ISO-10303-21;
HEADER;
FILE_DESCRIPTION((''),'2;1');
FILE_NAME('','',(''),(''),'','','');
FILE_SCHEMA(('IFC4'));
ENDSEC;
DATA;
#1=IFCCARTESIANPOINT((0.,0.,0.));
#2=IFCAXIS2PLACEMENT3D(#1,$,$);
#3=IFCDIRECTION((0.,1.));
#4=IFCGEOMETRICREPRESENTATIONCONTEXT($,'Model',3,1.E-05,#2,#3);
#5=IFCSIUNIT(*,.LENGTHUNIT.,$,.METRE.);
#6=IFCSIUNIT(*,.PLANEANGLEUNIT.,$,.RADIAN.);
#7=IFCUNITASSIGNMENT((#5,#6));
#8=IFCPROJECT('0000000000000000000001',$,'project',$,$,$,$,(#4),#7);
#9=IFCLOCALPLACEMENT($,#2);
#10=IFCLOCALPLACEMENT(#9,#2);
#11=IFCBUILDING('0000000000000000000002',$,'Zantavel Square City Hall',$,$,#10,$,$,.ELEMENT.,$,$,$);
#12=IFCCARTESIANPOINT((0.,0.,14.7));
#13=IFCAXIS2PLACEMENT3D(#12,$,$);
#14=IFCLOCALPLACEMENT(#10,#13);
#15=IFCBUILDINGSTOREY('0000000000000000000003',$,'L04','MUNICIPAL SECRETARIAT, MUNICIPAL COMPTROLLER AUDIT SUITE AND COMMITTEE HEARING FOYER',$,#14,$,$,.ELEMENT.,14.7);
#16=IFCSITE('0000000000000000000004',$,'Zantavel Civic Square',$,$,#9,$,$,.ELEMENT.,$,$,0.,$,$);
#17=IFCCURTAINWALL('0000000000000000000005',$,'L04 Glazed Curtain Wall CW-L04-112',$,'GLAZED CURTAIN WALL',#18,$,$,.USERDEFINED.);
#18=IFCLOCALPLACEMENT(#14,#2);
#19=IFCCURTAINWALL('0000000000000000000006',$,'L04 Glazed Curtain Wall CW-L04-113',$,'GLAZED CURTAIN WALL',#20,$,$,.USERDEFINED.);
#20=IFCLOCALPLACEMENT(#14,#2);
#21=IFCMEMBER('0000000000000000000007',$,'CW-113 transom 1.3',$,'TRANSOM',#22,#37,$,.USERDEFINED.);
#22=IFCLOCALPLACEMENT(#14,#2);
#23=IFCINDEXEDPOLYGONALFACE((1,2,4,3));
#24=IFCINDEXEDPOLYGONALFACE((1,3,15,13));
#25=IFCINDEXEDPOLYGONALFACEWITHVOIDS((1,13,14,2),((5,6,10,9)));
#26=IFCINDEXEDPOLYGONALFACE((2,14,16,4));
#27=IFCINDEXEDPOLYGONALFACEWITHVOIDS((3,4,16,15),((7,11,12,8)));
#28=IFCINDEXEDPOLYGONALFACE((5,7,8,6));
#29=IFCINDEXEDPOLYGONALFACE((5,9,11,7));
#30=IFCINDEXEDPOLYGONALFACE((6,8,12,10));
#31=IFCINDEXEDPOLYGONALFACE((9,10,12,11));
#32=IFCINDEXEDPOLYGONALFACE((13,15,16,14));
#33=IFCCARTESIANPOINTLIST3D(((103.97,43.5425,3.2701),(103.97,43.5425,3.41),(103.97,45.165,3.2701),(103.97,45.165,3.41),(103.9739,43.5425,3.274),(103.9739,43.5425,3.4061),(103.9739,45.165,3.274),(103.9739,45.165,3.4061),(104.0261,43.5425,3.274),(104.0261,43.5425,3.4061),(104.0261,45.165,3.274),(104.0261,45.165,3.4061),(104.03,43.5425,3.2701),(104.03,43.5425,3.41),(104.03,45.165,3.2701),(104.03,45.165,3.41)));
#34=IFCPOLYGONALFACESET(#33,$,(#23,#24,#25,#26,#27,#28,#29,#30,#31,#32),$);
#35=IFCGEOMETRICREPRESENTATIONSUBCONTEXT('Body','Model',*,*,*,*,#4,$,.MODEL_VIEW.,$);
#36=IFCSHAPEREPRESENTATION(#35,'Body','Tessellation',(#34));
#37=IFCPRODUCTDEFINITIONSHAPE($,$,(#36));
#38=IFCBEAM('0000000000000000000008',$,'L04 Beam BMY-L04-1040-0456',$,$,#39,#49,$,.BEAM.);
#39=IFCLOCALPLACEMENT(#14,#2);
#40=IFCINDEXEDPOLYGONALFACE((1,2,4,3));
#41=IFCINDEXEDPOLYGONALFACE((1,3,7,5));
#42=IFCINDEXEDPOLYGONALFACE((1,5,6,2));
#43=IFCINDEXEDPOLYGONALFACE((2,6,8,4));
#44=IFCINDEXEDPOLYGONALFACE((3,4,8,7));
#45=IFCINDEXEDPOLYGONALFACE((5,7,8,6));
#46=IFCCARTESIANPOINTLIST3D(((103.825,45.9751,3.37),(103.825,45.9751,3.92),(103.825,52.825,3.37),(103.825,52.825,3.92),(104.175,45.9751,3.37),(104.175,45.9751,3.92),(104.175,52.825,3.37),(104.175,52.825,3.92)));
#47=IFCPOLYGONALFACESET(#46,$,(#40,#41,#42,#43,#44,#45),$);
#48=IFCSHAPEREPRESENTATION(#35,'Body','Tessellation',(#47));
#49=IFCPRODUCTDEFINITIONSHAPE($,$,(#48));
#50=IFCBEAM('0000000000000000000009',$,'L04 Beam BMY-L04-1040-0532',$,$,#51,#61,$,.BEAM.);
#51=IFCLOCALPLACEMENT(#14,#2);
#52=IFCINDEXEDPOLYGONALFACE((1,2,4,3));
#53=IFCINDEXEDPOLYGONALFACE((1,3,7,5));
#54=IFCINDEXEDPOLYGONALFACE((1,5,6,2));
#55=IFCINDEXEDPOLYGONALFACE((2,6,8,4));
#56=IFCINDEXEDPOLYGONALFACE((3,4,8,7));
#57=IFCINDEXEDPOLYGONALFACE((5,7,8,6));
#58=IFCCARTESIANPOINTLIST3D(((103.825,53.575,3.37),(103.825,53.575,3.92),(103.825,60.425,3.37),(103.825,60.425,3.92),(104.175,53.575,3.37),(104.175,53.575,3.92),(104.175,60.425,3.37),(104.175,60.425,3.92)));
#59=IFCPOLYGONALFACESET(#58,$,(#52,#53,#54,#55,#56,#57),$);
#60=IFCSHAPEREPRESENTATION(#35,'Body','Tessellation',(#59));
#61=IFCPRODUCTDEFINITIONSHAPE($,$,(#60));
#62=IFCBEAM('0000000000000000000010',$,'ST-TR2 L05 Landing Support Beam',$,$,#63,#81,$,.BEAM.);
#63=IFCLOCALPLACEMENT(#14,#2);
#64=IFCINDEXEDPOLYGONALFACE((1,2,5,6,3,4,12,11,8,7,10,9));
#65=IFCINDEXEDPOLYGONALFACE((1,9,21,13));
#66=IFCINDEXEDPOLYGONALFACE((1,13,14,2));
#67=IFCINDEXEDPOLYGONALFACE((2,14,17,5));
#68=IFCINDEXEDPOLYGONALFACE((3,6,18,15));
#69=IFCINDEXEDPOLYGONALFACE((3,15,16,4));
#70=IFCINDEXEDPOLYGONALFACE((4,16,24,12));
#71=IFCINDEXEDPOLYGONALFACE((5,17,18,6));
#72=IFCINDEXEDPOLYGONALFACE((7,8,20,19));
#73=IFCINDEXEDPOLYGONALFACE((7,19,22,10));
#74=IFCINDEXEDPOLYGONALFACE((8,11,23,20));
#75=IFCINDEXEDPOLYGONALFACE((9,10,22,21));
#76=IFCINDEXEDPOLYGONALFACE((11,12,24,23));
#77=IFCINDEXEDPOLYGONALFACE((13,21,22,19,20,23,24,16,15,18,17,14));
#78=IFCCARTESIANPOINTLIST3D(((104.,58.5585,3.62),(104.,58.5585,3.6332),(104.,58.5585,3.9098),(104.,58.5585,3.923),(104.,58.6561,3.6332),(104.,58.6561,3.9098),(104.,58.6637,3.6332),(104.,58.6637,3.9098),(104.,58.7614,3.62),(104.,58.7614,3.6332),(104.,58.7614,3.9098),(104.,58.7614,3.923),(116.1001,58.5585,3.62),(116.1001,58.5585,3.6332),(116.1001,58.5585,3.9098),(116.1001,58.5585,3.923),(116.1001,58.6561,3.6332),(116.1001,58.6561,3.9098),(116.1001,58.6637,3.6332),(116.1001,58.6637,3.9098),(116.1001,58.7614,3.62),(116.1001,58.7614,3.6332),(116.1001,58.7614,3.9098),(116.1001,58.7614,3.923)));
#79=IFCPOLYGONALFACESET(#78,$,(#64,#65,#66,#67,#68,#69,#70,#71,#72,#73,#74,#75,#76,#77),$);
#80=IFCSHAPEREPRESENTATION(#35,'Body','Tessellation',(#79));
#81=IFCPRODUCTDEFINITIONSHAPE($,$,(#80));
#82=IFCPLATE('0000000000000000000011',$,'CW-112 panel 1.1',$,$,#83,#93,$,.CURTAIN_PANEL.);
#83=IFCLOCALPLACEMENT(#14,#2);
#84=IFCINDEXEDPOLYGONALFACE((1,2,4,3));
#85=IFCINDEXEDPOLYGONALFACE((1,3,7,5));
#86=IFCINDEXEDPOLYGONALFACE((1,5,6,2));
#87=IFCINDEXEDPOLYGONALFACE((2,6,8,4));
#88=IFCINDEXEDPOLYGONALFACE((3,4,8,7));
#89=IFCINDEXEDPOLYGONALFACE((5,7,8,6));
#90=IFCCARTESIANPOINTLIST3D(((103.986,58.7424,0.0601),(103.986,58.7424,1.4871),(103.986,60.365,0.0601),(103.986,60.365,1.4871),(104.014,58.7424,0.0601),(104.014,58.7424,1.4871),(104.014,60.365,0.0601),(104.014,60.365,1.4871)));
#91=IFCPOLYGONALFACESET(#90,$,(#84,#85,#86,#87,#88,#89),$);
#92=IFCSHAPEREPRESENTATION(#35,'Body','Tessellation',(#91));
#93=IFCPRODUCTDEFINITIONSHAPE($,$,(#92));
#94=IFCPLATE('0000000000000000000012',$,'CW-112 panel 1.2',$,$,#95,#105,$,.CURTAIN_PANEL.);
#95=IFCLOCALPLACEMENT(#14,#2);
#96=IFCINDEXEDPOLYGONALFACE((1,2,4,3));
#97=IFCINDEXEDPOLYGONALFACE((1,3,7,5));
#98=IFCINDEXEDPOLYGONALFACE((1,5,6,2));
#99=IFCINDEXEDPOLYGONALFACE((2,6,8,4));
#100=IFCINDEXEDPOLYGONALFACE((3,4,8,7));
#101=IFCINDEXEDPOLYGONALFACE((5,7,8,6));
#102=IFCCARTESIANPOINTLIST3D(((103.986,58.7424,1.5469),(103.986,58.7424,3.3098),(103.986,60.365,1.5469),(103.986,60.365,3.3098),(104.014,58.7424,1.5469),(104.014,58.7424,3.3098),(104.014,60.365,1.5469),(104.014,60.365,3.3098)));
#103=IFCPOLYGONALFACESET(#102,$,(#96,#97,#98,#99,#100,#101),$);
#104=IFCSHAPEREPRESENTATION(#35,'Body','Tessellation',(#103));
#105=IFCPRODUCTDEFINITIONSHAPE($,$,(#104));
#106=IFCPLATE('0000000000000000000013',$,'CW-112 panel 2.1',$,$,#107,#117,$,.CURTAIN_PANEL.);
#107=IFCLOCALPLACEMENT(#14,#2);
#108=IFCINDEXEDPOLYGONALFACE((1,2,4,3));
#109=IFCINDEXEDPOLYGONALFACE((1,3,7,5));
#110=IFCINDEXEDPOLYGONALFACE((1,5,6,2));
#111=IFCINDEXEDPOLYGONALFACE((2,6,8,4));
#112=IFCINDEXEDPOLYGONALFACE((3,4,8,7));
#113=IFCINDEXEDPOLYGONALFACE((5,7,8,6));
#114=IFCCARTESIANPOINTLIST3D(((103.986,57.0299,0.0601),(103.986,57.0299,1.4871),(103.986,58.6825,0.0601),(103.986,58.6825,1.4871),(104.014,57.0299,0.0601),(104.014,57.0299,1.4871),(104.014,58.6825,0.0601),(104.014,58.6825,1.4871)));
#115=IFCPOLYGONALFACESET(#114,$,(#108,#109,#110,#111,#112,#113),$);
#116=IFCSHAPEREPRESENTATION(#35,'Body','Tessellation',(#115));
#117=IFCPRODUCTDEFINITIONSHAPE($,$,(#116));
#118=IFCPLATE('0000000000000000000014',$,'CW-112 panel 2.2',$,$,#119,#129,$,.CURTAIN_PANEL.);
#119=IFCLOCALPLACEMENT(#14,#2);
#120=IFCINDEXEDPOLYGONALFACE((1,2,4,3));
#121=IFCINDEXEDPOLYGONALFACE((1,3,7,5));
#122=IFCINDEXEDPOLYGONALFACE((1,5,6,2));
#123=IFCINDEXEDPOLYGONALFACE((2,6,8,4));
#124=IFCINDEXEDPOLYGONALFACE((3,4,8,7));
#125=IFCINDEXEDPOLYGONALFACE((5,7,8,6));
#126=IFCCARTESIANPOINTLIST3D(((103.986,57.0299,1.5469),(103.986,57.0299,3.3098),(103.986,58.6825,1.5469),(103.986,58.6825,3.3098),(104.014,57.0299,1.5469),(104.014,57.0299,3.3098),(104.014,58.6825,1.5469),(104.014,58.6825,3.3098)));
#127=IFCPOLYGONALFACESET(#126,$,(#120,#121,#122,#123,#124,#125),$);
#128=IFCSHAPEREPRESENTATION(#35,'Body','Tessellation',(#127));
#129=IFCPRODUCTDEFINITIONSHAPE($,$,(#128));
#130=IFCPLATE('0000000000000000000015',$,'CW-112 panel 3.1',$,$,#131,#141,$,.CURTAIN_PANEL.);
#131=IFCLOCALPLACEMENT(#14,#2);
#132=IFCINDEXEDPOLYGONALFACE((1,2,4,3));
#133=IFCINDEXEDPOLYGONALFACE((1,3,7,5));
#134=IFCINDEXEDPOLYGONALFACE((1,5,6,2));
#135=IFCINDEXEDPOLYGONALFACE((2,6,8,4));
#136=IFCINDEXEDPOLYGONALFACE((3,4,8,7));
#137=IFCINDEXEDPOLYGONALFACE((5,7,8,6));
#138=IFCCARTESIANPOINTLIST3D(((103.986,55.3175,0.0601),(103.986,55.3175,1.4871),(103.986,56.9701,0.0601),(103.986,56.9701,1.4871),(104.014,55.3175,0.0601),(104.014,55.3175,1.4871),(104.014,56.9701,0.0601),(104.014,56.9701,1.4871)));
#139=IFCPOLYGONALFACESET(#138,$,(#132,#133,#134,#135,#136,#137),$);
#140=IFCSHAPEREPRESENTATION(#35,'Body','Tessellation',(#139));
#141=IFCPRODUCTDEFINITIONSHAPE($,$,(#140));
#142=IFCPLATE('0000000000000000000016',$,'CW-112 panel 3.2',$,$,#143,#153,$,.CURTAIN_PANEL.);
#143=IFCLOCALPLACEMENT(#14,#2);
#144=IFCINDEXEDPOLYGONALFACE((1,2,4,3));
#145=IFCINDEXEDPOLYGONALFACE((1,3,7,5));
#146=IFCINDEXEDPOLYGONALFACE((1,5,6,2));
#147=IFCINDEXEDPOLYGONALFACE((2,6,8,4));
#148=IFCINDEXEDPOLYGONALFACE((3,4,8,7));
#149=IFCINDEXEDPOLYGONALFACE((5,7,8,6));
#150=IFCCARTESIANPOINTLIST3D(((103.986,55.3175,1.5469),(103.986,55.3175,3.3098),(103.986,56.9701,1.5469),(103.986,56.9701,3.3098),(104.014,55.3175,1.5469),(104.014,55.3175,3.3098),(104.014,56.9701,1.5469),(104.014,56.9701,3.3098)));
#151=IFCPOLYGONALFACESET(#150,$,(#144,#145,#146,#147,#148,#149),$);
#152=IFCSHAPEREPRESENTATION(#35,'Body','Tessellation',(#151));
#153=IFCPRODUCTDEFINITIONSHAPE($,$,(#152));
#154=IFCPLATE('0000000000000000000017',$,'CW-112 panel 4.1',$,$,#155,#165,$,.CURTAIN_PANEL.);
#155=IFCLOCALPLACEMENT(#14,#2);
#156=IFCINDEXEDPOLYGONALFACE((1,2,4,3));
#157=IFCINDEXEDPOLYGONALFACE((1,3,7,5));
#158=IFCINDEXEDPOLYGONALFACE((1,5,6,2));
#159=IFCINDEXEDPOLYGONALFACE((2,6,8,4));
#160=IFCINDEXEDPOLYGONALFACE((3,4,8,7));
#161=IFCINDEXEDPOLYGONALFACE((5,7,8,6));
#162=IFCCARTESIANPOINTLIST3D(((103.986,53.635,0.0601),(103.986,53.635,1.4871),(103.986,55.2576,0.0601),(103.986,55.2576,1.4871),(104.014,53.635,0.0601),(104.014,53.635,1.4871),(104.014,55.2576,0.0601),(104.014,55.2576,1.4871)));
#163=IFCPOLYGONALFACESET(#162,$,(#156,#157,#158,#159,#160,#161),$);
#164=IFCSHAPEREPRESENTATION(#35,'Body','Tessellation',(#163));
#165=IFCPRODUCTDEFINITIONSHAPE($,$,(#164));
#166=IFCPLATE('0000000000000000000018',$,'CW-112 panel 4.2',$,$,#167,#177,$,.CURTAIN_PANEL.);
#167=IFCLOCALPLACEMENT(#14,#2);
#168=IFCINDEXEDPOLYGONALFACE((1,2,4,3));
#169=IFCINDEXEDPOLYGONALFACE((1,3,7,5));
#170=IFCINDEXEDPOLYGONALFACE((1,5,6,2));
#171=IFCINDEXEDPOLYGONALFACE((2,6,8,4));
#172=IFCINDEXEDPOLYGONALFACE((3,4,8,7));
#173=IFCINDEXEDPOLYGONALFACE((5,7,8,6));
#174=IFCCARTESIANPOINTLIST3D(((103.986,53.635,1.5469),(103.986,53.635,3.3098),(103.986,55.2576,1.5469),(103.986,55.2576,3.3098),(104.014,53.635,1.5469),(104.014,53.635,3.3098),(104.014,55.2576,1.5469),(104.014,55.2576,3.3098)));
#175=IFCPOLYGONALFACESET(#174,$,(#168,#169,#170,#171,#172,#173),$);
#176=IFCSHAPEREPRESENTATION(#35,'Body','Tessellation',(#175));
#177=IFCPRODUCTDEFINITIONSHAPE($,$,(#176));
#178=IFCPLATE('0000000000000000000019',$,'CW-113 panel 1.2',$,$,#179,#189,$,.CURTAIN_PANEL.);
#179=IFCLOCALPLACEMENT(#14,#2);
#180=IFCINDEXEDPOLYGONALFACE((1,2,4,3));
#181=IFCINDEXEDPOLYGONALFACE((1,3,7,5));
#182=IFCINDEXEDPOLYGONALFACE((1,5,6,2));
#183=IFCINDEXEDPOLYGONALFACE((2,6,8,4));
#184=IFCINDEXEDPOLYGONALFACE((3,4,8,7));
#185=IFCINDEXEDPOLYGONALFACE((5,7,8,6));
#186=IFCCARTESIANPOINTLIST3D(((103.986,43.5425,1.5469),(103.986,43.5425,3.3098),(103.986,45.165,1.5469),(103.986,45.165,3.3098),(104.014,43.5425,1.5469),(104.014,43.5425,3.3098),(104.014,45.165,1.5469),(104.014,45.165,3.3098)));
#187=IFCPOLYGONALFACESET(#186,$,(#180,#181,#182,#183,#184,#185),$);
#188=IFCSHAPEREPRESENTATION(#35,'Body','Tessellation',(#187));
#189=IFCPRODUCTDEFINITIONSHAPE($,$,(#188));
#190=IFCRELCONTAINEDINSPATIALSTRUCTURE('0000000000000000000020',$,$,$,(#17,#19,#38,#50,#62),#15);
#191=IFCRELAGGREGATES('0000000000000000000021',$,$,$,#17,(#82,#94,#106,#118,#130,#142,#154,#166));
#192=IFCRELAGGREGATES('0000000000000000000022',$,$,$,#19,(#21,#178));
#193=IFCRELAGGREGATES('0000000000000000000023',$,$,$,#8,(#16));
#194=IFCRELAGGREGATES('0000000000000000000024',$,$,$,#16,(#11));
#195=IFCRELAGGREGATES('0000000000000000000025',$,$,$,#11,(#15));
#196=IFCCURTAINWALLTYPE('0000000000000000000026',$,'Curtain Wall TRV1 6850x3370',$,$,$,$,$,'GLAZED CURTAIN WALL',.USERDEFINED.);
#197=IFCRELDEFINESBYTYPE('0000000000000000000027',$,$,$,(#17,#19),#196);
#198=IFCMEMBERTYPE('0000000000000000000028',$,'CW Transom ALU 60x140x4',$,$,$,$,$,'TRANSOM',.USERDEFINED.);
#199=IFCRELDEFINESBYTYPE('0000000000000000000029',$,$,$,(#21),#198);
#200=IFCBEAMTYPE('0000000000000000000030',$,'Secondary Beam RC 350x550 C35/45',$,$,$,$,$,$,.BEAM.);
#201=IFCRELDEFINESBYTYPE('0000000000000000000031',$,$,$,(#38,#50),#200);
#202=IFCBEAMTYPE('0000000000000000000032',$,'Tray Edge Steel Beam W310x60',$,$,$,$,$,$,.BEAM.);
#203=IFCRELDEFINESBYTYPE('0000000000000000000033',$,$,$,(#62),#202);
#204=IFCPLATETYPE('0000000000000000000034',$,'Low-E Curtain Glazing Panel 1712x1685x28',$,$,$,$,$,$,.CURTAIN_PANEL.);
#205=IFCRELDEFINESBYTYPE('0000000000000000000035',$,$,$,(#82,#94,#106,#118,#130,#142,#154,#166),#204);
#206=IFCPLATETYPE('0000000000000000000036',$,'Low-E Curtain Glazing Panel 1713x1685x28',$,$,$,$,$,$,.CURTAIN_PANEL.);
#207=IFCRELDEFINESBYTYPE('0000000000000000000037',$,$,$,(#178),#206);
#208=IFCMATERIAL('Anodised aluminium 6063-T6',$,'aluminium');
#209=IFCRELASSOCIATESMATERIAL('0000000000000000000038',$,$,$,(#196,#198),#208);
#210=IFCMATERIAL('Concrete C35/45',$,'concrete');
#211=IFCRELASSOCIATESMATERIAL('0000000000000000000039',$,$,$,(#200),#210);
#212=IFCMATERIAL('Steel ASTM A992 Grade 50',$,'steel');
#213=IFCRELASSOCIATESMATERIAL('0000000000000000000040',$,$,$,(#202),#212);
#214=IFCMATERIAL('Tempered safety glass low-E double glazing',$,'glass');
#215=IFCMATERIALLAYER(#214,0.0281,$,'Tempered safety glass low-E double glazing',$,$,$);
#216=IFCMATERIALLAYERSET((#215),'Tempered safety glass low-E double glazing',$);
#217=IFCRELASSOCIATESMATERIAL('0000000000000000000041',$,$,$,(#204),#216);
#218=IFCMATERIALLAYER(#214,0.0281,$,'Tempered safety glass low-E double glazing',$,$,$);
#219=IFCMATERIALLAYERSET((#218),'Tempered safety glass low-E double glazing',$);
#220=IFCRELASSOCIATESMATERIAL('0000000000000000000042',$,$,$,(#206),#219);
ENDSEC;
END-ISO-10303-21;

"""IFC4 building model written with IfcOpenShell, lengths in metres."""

from ifc_helpers import new_model, si_unit, direction, frame, origin, origin_2d, place, context, subcontext, project, spatial, rectangle, hollow_rectangle, i_section, extrude, material, layer, layer_set, material_profile, profile_set, type_object, element, aggregate, save


model = new_model("IFC4")

# Units and contexts
model_context = context("Model", 3, precision=1e-05, world=origin(), true_north=direction((0.0, 1.0)))
body_context = subcontext(model_context, "Body", "Model", "MODEL_VIEW")
ifc_project = project(units=[si_unit("LENGTHUNIT", "METRE"), si_unit("PLANEANGLEUNIT", "RADIAN")], contexts=[model_context])

# Site, building, storey
site_placement = place(None, origin())
site = spatial("IfcSite", under=ifc_project, at=site_placement, Name="Zantavel Civic Square", CompositionType="ELEMENT", RefElevation=0.0)
building_placement = place(site_placement, origin())
building = spatial("IfcBuilding", under=site, at=building_placement, Name="Zantavel Square City Hall", CompositionType="ELEMENT")
storey_placement = place(building_placement, frame((0.0, 0.0, 14.7)))
storey = spatial("IfcBuildingStorey", under=building, at=storey_placement, Name="L04", Description="MUNICIPAL SECRETARIAT, MUNICIPAL COMPTROLLER AUDIT SUITE AND COMMITTEE HEARING FOYER", CompositionType="ELEMENT", Elevation=14.7)

# Curtain wall
ifc_material_1 = material(Name="Anodised aluminium 6063-T6", Category="aluminium")
curtain_wall_type = type_object("IfcCurtainWallType", Name="Curtain Wall TRV1 6850x3370", ElementType="GLAZED CURTAIN WALL", PredefinedType="USERDEFINED", material=ifc_material_1)
curtain_wall_1_placement = place(storey_placement, origin())
curtain_wall_1 = element("IfcCurtainWall", 1, at=curtain_wall_1_placement, inside=storey, type_object=curtain_wall_type, Name="L04 Glazed Curtain Wall CW-L04-112", ObjectType="GLAZED CURTAIN WALL", PredefinedType="USERDEFINED")

# Curtain wall
curtain_wall_2_placement = place(storey_placement, origin())
curtain_wall_2 = element("IfcCurtainWall", 2, at=curtain_wall_2_placement, inside=storey, type_object=curtain_wall_type, Name="L04 Glazed Curtain Wall CW-L04-113", ObjectType="GLAZED CURTAIN WALL", PredefinedType="USERDEFINED")

# Member
ifc_material_profile_1 = material_profile(ifc_material_1, hollow_rectangle(XDim=0.0601, YDim=0.1399, WallThickness=0.0039, at=origin_2d()), Name="ALU 60x140x4")
ifc_profile_set_1 = profile_set([ifc_material_profile_1], Name="Anodised aluminium 6063-T6")
member_type_1 = type_object("IfcMemberType", Name="CW Transom ALU 60x140x4", ElementType="TRANSOM", PredefinedType="USERDEFINED", material=ifc_profile_set_1)
member_1_placement = place(storey_placement, frame((104.0, 45.165, 3.3401), z_axis=(0.0, -1.0, 0.0), x_axis=(1.0, 0.0, 0.0)))
member_1 = element("IfcMember", 3, at=member_1_placement, type_object=member_type_1, Name="CW-113 transom 1.3", ObjectType="TRANSOM", PredefinedType="USERDEFINED", context=body_context, shape_type="SweptSolid", body=[
    extrude(hollow_rectangle(XDim=0.0601, YDim=0.1399, WallThickness=0.0039, at=origin_2d()), origin(), (0.0, 0.0, 1.0), 1.6226),
])

# Beams
ifc_material_2 = material(Name="Concrete C35/45", Category="concrete")
ifc_material_profile_2 = material_profile(ifc_material_2, rectangle(XDim=0.3501, YDim=0.55, at=origin_2d()), Name="RC 350x550")
ifc_profile_set_2 = profile_set([ifc_material_profile_2], Name="Concrete C35/45")
beam_type_1 = type_object("IfcBeamType", Name="Secondary Beam RC 350x550 C35/45", PredefinedType="BEAM", material=ifc_profile_set_2)
beam_1_placement = place(storey_placement, frame((104.0, 45.9751, 3.645), z_axis=(0.0, 1.0, 0.0), x_axis=(-1.0, 0.0, 0.0)))
element("IfcBeam", 4, at=beam_1_placement, inside=storey, type_object=beam_type_1, Name="L04 Beam BMY-L04-1040-0456", PredefinedType="BEAM", context=body_context, shape_type="SweptSolid", body=[
    extrude(rectangle(XDim=0.3501, YDim=0.55, at=origin_2d()), origin(), (0.0, 0.0, 1.0), 6.8499),
])
beam_2_placement = place(storey_placement, frame((104.0, 53.575, 3.645), z_axis=(0.0, 1.0, 0.0), x_axis=(-1.0, 0.0, 0.0)))
element("IfcBeam", 5, at=beam_2_placement, inside=storey, type_object=beam_type_1, Name="L04 Beam BMY-L04-1040-0532", PredefinedType="BEAM", context=body_context, shape_type="SweptSolid", body=[
    extrude(rectangle(XDim=0.3501, YDim=0.55, at=origin_2d()), origin(), (0.0, 0.0, 1.0), 6.8501),
])
ifc_material_3 = material(Name="Steel ASTM A992 Grade 50", Category="steel")
ifc_material_profile_3 = material_profile(ifc_material_3, i_section(OverallWidth=0.2029, OverallDepth=0.303, WebThickness=0.0076, FlangeThickness=0.0132, at=origin_2d()), Name="W310x60")
ifc_profile_set_3 = profile_set([ifc_material_profile_3], Name="Steel ASTM A992 Grade 50")
beam_type_2 = type_object("IfcBeamType", Name="Tray Edge Steel Beam W310x60", PredefinedType="BEAM", material=ifc_profile_set_3)
beam_3_placement = place(storey_placement, frame((104.0, 58.6599, 3.7715), z_axis=(1.0, 0.0, 0.0), x_axis=(0.0, 1.0, 0.0)))
element("IfcBeam", 6, at=beam_3_placement, inside=storey, type_object=beam_type_2, Name="ST-TR2 L05 Landing Support Beam", PredefinedType="BEAM", context=body_context, shape_type="SweptSolid", body=[
    extrude(i_section(OverallWidth=0.2029, OverallDepth=0.303, WebThickness=0.0076, FlangeThickness=0.0132, at=origin_2d()), origin(), (0.0, 0.0, 1.0), 12.1001),
])

# Plates
ifc_material_4 = material(Name="Tempered safety glass low-E double glazing", Category="glass")
ifc_layer_1 = layer(ifc_material_4, 0.0281, Name="Tempered safety glass low-E double glazing")
ifc_layer_set_1 = layer_set([ifc_layer_1], Name="Tempered safety glass low-E double glazing")
plate_type_1 = type_object("IfcPlateType", Name="Low-E Curtain Glazing Panel 1712x1685x28", PredefinedType="CURTAIN_PANEL", material=ifc_layer_set_1)
plate_1_placement = place(storey_placement, frame((104.0, 59.5537, 0.0601), z_axis=(0.0, 0.0, 1.0), x_axis=(0.0, -1.0, 0.0)))
plate_1 = element("IfcPlate", 7, at=plate_1_placement, type_object=plate_type_1, Name="CW-112 panel 1.1", PredefinedType="CURTAIN_PANEL", context=body_context, shape_type="SweptSolid", body=[
    extrude(rectangle(XDim=1.6226, YDim=0.0281, at=origin_2d()), origin(), (0.0, 0.0, 1.0), 1.427),
])
plate_2_placement = place(storey_placement, frame((104.0, 59.5537, 1.5469), z_axis=(0.0, 0.0, 1.0), x_axis=(0.0, -1.0, 0.0)))
plate_2 = element("IfcPlate", 8, at=plate_2_placement, type_object=plate_type_1, Name="CW-112 panel 1.2", PredefinedType="CURTAIN_PANEL", context=body_context, shape_type="SweptSolid", body=[
    extrude(rectangle(XDim=1.6226, YDim=0.0281, at=origin_2d()), origin(), (0.0, 0.0, 1.0), 1.7629),
])
plate_3_placement = place(storey_placement, frame((104.0, 57.8562, 0.0601), z_axis=(0.0, 0.0, 1.0), x_axis=(0.0, -1.0, 0.0)))
plate_3 = element("IfcPlate", 9, at=plate_3_placement, type_object=plate_type_1, Name="CW-112 panel 2.1", PredefinedType="CURTAIN_PANEL", context=body_context, shape_type="SweptSolid", body=[
    extrude(rectangle(XDim=1.6526, YDim=0.0281, at=origin_2d()), origin(), (0.0, 0.0, 1.0), 1.427),
])
plate_4_placement = place(storey_placement, frame((104.0, 57.8562, 1.5469), z_axis=(0.0, 0.0, 1.0), x_axis=(0.0, -1.0, 0.0)))
plate_4 = element("IfcPlate", 10, at=plate_4_placement, type_object=plate_type_1, Name="CW-112 panel 2.2", PredefinedType="CURTAIN_PANEL", context=body_context, shape_type="SweptSolid", body=[
    extrude(rectangle(XDim=1.6526, YDim=0.0281, at=origin_2d()), origin(), (0.0, 0.0, 1.0), 1.7629),
])
plate_5_placement = place(storey_placement, frame((104.0, 56.1438, 0.0601), z_axis=(0.0, 0.0, 1.0), x_axis=(0.0, -1.0, 0.0)))
plate_5 = element("IfcPlate", 11, at=plate_5_placement, type_object=plate_type_1, Name="CW-112 panel 3.1", PredefinedType="CURTAIN_PANEL", context=body_context, shape_type="SweptSolid", body=[
    extrude(rectangle(XDim=1.6526, YDim=0.0281, at=origin_2d()), origin(), (0.0, 0.0, 1.0), 1.427),
])
plate_6_placement = place(storey_placement, frame((104.0, 56.1438, 1.5469), z_axis=(0.0, 0.0, 1.0), x_axis=(0.0, -1.0, 0.0)))
plate_6 = element("IfcPlate", 12, at=plate_6_placement, type_object=plate_type_1, Name="CW-112 panel 3.2", PredefinedType="CURTAIN_PANEL", context=body_context, shape_type="SweptSolid", body=[
    extrude(rectangle(XDim=1.6526, YDim=0.0281, at=origin_2d()), origin(), (0.0, 0.0, 1.0), 1.7629),
])
plate_7_placement = place(storey_placement, frame((104.0, 54.4463, 0.0601), z_axis=(0.0, 0.0, 1.0), x_axis=(0.0, -1.0, 0.0)))
plate_7 = element("IfcPlate", 13, at=plate_7_placement, type_object=plate_type_1, Name="CW-112 panel 4.1", PredefinedType="CURTAIN_PANEL", context=body_context, shape_type="SweptSolid", body=[
    extrude(rectangle(XDim=1.6226, YDim=0.0281, at=origin_2d()), origin(), (0.0, 0.0, 1.0), 1.427),
])
plate_8_placement = place(storey_placement, frame((104.0, 54.4463, 1.5469), z_axis=(0.0, 0.0, 1.0), x_axis=(0.0, -1.0, 0.0)))
plate_8 = element("IfcPlate", 14, at=plate_8_placement, type_object=plate_type_1, Name="CW-112 panel 4.2", PredefinedType="CURTAIN_PANEL", context=body_context, shape_type="SweptSolid", body=[
    extrude(rectangle(XDim=1.6226, YDim=0.0281, at=origin_2d()), origin(), (0.0, 0.0, 1.0), 1.7629),
])
aggregate(curtain_wall_1, [plate_1, plate_2, plate_3, plate_4, plate_5, plate_6, plate_7, plate_8])
ifc_layer_2 = layer(ifc_material_4, 0.0281, Name="Tempered safety glass low-E double glazing")
ifc_layer_set_2 = layer_set([ifc_layer_2], Name="Tempered safety glass low-E double glazing")
plate_type_2 = type_object("IfcPlateType", Name="Low-E Curtain Glazing Panel 1713x1685x28", PredefinedType="CURTAIN_PANEL", material=ifc_layer_set_2)
plate_9_placement = place(storey_placement, frame((104.0, 44.3538, 1.5469), z_axis=(0.0, 0.0, 1.0), x_axis=(0.0, -1.0, 0.0)))
plate_9 = element("IfcPlate", 15, at=plate_9_placement, type_object=plate_type_2, Name="CW-113 panel 1.2", PredefinedType="CURTAIN_PANEL", context=body_context, shape_type="SweptSolid", body=[
    extrude(rectangle(XDim=1.6226, YDim=0.0281, at=origin_2d()), origin(), (0.0, 0.0, 1.0), 1.7629),
])
aggregate(curtain_wall_2, [member_1, plate_9])

save(model, "model.ifc")
